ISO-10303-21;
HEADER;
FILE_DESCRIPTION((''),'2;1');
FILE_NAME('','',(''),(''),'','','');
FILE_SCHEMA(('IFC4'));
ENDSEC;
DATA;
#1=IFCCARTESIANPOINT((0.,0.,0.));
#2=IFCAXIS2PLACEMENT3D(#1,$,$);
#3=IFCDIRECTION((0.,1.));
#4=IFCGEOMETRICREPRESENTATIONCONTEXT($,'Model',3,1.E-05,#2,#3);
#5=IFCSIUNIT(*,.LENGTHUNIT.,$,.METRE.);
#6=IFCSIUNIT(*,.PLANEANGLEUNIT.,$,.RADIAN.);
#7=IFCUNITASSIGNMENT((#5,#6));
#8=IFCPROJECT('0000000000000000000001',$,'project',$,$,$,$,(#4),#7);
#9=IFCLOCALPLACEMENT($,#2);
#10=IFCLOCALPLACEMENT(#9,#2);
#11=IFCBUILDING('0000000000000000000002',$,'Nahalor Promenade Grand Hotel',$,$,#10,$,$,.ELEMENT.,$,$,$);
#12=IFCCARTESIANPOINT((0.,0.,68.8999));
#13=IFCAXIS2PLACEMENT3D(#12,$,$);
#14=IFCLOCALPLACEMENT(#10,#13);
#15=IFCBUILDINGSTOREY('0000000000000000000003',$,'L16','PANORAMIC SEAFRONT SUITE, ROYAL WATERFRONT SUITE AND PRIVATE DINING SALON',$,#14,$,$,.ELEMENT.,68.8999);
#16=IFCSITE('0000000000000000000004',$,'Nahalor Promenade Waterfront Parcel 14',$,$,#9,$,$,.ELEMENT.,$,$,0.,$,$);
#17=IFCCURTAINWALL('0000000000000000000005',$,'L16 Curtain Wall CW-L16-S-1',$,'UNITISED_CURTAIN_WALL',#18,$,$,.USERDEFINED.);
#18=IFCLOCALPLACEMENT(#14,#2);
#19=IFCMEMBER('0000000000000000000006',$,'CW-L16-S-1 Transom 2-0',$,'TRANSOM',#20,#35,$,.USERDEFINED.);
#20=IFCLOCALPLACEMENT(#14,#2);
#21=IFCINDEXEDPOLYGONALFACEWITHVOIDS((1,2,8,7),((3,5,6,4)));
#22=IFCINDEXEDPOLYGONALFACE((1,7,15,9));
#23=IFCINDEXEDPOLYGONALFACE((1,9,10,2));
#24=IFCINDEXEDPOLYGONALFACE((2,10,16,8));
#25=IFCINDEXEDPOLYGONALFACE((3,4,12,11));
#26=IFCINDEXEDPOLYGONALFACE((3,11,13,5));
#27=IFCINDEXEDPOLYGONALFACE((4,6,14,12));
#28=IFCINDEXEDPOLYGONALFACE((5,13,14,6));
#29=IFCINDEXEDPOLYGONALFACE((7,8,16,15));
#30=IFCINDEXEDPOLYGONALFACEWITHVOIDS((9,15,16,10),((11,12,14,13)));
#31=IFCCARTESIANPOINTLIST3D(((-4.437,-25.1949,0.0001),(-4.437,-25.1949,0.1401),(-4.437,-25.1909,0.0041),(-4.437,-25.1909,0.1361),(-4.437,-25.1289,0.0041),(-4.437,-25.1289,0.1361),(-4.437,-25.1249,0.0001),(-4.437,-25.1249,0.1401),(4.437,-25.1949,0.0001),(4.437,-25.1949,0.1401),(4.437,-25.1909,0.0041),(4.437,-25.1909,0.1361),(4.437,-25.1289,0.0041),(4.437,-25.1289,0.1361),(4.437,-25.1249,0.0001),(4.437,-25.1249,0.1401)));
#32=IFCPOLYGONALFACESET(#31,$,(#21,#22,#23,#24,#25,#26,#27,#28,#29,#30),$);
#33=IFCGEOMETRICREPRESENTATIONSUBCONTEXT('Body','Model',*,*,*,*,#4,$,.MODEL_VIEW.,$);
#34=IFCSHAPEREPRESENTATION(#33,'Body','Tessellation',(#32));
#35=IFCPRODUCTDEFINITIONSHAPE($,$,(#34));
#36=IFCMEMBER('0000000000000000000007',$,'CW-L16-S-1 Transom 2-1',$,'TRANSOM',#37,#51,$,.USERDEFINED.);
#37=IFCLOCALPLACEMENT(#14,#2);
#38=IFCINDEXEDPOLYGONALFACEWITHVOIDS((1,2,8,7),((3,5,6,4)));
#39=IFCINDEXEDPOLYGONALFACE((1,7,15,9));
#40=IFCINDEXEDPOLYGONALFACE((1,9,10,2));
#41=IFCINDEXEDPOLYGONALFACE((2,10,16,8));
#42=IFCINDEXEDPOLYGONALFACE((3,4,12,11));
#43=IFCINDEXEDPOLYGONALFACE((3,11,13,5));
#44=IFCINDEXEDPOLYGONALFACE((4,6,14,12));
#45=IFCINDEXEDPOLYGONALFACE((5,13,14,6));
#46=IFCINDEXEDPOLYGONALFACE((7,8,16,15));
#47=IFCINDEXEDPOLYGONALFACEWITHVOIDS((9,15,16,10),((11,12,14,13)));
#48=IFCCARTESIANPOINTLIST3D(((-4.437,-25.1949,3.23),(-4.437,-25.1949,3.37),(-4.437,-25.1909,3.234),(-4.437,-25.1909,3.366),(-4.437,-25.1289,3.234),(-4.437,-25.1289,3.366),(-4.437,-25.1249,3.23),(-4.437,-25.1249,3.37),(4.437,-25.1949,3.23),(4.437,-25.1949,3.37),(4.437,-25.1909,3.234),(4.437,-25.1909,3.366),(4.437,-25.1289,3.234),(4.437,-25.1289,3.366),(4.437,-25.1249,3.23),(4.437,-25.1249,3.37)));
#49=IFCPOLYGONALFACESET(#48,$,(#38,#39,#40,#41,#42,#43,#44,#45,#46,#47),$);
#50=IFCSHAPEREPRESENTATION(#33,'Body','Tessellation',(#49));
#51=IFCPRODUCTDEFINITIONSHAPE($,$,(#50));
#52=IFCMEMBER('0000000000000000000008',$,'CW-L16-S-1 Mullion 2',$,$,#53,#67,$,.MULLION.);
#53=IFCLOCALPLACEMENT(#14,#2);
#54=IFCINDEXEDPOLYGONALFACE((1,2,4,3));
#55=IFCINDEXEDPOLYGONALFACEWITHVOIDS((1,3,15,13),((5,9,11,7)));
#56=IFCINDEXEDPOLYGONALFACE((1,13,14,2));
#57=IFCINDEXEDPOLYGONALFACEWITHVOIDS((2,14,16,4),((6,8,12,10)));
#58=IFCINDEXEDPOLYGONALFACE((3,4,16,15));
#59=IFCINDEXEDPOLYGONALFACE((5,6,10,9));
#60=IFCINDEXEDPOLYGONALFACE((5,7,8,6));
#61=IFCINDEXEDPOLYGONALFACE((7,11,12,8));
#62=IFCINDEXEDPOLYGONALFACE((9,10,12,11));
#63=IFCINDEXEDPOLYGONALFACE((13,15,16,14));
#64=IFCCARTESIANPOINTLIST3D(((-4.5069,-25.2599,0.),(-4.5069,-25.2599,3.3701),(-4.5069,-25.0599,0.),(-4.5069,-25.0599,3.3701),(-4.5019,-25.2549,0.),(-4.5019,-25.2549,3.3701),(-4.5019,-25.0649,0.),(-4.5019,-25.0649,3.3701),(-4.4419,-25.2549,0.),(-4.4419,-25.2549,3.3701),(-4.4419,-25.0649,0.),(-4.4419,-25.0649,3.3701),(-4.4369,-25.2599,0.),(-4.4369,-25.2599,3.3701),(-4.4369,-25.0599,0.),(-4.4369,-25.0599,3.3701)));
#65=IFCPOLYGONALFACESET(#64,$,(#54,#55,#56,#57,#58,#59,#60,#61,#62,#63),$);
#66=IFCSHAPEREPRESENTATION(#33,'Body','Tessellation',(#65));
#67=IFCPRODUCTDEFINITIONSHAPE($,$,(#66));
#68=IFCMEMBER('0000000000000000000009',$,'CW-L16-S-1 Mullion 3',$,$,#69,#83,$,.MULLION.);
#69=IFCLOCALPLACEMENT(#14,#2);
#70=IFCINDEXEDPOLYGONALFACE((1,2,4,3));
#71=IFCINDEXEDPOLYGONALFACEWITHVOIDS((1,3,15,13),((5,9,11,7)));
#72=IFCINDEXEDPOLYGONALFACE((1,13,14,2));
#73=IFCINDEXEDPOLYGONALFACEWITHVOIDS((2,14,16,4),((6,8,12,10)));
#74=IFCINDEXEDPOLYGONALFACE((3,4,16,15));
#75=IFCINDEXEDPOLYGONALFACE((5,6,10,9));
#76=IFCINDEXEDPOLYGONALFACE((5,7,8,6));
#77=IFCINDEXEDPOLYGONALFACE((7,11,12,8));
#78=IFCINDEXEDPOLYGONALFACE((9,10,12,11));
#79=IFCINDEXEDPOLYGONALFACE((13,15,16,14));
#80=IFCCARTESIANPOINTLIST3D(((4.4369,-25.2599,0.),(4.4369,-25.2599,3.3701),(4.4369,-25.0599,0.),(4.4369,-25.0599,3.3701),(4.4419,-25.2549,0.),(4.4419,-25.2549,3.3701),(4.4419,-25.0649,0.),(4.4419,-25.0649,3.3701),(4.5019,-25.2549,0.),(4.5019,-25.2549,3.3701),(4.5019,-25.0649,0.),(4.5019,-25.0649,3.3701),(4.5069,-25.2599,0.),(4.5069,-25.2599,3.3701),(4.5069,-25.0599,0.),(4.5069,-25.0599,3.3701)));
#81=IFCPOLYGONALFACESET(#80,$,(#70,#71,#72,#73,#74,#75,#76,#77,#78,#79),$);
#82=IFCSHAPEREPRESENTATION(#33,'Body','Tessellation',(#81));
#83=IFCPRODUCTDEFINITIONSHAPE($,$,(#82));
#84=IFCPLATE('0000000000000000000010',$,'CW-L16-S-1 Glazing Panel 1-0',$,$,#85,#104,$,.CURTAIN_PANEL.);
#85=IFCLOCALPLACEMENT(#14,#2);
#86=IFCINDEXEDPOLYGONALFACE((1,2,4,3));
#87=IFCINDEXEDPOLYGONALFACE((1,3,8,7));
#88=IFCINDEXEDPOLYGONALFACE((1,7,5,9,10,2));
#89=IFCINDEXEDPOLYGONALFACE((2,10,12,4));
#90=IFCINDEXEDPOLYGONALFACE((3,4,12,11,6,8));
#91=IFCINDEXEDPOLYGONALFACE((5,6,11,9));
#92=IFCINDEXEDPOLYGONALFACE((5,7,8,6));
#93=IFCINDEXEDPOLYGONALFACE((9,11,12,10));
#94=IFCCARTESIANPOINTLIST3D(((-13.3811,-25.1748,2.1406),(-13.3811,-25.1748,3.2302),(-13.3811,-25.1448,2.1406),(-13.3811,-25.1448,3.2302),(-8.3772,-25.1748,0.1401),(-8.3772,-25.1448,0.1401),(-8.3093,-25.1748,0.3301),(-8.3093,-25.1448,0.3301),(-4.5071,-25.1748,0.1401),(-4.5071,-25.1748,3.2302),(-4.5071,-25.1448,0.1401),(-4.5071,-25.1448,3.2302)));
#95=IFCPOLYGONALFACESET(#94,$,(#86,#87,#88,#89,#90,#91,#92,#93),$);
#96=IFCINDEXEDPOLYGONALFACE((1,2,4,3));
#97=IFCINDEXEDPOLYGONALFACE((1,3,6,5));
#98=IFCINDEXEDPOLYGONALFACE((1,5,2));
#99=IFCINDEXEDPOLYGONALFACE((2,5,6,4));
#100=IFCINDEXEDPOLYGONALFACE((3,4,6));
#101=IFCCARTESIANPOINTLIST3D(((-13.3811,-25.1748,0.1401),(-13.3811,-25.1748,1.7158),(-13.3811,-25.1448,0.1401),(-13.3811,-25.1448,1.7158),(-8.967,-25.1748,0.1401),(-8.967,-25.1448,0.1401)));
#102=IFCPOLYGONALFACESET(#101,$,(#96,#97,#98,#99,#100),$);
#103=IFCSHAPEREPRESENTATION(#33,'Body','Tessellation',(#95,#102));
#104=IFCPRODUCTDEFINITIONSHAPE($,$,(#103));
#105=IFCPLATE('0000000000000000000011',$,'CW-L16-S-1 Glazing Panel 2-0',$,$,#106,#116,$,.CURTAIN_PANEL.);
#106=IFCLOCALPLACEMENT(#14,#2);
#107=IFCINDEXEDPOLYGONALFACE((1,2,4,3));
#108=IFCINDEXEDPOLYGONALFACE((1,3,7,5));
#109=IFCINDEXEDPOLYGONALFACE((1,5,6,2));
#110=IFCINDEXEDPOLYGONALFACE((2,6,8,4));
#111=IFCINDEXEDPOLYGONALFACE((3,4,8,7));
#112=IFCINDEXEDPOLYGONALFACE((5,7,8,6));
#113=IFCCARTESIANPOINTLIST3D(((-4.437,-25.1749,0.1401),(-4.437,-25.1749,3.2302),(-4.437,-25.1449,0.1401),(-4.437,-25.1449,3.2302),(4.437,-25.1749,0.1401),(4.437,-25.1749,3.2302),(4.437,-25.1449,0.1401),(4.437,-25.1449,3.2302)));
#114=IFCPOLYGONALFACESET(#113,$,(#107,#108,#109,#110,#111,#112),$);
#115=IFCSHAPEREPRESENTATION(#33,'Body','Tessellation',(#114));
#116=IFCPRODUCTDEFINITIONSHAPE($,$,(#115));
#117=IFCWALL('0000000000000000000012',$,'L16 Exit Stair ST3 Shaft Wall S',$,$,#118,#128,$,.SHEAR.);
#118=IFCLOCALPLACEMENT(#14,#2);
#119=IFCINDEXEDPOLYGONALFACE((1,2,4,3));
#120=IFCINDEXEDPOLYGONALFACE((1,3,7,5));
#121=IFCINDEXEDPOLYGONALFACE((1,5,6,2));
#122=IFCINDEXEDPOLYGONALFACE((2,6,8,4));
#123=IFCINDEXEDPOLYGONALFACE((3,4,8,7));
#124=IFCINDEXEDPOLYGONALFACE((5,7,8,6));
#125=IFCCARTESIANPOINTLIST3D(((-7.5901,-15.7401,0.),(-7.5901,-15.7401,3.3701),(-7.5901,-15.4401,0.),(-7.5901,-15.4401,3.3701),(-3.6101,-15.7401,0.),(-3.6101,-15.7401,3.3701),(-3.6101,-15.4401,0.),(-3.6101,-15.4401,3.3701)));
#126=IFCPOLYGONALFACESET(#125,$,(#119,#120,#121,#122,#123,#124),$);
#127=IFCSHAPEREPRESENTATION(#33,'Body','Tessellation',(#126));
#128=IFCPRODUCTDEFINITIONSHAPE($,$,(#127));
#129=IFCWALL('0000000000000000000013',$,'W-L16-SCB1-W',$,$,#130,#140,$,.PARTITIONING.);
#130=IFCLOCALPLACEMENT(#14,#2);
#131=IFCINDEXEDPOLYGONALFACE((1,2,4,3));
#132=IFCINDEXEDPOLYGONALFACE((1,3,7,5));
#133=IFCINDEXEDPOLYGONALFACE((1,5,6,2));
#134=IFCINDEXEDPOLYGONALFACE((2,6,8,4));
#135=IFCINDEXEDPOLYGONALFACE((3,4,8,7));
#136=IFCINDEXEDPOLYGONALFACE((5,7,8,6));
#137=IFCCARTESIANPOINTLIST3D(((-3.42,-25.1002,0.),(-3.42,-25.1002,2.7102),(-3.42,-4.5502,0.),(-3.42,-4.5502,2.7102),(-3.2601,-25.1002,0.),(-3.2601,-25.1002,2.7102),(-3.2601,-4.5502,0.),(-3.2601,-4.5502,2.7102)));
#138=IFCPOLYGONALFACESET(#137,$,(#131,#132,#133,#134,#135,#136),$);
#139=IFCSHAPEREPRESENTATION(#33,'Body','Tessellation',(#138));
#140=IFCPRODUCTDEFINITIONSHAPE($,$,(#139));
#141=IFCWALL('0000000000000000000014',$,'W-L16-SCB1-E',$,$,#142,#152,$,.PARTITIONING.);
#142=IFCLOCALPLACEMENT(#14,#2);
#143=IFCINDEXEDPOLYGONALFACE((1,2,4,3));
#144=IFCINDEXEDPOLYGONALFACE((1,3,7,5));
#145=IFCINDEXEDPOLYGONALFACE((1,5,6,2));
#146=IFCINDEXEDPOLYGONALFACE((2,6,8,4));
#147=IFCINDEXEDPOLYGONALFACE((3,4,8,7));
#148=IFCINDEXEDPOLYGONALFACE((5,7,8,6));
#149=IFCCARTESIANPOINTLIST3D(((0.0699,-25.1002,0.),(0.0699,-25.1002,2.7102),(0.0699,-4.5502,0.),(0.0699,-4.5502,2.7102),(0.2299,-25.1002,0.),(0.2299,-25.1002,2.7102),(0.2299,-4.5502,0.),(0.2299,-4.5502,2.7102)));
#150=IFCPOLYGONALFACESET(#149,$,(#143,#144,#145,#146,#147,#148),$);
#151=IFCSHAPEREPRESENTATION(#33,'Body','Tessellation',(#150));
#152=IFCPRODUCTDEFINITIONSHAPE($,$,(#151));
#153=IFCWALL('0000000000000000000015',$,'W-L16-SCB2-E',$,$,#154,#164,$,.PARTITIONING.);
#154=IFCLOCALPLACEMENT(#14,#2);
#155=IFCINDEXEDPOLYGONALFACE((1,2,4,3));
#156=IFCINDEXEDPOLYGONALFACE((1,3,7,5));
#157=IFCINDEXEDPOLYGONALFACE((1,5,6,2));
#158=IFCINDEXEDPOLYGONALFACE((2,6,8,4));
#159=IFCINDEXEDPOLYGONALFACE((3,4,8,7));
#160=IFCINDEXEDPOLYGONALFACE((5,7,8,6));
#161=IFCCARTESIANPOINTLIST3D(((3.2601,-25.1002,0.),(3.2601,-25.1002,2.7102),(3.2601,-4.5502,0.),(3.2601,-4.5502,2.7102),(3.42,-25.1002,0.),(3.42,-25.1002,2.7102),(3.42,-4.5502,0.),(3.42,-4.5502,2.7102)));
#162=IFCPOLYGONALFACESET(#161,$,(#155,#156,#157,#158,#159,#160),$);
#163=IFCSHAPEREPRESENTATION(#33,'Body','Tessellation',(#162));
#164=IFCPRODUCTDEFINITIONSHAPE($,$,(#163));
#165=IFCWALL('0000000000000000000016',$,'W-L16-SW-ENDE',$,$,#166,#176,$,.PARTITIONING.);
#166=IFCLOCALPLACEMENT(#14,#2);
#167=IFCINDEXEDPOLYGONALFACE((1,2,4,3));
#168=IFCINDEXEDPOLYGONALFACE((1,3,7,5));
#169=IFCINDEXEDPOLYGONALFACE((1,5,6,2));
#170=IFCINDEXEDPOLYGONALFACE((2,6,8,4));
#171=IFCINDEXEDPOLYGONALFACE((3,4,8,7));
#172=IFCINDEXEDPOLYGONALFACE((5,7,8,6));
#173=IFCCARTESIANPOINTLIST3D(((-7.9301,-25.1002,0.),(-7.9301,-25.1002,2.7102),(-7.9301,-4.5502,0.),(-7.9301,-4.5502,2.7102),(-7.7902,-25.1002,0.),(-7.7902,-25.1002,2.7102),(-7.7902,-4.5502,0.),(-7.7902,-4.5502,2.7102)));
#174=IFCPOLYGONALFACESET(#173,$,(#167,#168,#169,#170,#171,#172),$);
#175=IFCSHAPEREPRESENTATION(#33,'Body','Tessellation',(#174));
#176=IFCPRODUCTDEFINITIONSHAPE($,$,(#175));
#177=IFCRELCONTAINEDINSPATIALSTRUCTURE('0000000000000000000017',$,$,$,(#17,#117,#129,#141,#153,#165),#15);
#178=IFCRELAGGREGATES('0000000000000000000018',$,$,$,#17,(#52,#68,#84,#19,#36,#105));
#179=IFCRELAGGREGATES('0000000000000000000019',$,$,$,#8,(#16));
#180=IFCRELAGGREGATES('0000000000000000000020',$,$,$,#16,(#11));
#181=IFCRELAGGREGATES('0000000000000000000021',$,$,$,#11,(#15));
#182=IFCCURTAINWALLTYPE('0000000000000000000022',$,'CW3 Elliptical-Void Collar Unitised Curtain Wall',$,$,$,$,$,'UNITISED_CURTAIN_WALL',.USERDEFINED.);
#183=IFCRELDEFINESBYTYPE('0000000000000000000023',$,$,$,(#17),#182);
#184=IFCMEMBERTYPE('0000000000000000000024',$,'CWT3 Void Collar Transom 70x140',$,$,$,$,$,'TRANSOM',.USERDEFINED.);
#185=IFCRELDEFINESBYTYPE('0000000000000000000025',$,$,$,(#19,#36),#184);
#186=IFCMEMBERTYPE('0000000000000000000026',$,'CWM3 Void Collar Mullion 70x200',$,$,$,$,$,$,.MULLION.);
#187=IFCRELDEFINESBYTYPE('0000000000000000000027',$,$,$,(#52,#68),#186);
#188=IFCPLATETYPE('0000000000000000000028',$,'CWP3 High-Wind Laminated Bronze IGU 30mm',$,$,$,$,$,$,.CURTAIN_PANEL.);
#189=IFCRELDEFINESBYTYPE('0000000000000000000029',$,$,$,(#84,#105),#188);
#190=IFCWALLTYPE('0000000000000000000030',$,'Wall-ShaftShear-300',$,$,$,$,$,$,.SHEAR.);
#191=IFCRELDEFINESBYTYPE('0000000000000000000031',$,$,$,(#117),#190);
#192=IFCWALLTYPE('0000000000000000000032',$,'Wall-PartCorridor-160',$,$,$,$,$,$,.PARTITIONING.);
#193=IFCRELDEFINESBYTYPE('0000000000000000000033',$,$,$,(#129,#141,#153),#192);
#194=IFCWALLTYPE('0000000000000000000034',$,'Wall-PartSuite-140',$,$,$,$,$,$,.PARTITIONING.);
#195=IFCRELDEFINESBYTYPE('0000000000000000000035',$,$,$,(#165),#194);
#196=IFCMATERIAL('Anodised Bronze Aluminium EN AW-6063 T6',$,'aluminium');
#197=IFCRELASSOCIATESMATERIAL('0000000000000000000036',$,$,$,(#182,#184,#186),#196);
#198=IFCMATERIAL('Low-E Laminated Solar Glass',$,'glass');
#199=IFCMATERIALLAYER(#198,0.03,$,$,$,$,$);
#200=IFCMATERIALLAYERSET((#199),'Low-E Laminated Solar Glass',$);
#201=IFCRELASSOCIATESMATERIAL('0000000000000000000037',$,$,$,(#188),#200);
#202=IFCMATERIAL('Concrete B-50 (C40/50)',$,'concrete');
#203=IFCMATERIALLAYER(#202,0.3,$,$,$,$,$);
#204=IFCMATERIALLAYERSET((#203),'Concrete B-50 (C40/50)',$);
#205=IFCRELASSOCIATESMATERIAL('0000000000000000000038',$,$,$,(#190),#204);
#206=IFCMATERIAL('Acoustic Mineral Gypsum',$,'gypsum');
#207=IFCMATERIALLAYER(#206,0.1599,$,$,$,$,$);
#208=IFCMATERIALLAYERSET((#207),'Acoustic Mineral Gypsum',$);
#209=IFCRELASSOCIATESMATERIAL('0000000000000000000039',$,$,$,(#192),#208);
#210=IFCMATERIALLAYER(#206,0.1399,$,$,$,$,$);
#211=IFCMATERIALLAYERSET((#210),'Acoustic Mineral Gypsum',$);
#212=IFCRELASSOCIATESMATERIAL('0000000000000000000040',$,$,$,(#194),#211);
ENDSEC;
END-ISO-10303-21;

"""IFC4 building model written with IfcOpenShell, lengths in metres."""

from ifc_helpers import new_model, si_unit, direction, frame, frame_2d, origin, origin_2d, place, context, subcontext, project, spatial, polyline, rectangle, hollow_rectangle, outline, extrude, source, transform, mapped, material, layer, layer_set, material_profile, profile_set, type_object, element, aggregate, save


model = new_model("IFC4")

# Units and contexts
model_context = context("Model", 3, precision=1e-05, world=origin(), true_north=direction((0.0, 1.0)))
body_context = subcontext(model_context, "Body", "Model", "MODEL_VIEW")
ifc_project = project(units=[si_unit("LENGTHUNIT", "METRE"), si_unit("PLANEANGLEUNIT", "RADIAN")], contexts=[model_context])

# Site, building, storey
site_placement = place(None, origin())
site = spatial("IfcSite", under=ifc_project, at=site_placement, Name="Nahalor Promenade Waterfront Parcel 14", CompositionType="ELEMENT", RefElevation=0.0)
building_placement = place(site_placement, origin())
building = spatial("IfcBuilding", under=site, at=building_placement, Name="Nahalor Promenade Grand Hotel", CompositionType="ELEMENT")
storey_placement = place(building_placement, frame((0.0, 0.0, 68.8999)))
storey = spatial("IfcBuildingStorey", under=building, at=storey_placement, Name="L16", Description="PANORAMIC SEAFRONT SUITE, ROYAL WATERFRONT SUITE AND PRIVATE DINING SALON", CompositionType="ELEMENT", Elevation=68.8999)

# Curtain wall, members, plates
ifc_material_1 = material(Name="Anodised Bronze Aluminium EN AW-6063 T6", Category="aluminium")
curtain_wall_type = type_object("IfcCurtainWallType", Name="CW3 Elliptical-Void Collar Unitised Curtain Wall", ElementType="UNITISED_CURTAIN_WALL", PredefinedType="USERDEFINED", material=ifc_material_1)
curtain_wall_placement = place(storey_placement, origin())
curtain_wall = element("IfcCurtainWall", 1, at=curtain_wall_placement, inside=storey, type_object=curtain_wall_type, Name="L16 Curtain Wall CW-L16-S-1", ObjectType="UNITISED_CURTAIN_WALL", PredefinedType="USERDEFINED")
ifc_material_profile_1 = material_profile(ifc_material_1, hollow_rectangle(XDim=0.07, YDim=0.14, WallThickness=0.004, at=origin_2d()), Name="CWT 70x140x4")
ifc_profile_set_1 = profile_set([ifc_material_profile_1], Name="Anodised Bronze Aluminium EN AW-6063 T6")
member_type_1 = type_object("IfcMemberType", Name="CWT3 Void Collar Transom 70x140", ElementType="TRANSOM", PredefinedType="USERDEFINED", material=ifc_profile_set_1)
shared_shape_1 = source(origin(), body_context, "Body", "SweptSolid", [
    extrude(hollow_rectangle(XDim=0.07, YDim=0.14, WallThickness=0.004, at=origin_2d()), origin(), (0.0, 0.0, 1.0), 8.874),
])
member_1_placement = place(storey_placement, frame((-4.437, -25.1599, 0.0701), z_axis=(1.0, 0.0, 0.0), x_axis=(0.0, 1.0, 0.0)))
member_1 = element("IfcMember", 2, at=member_1_placement, type_object=member_type_1, Name="CW-L16-S-1 Transom 2-0", ObjectType="TRANSOM", PredefinedType="USERDEFINED", context=body_context, shape_type="MappedRepresentation", body=[
    mapped(shared_shape_1, transform((0.0, 0.0, 0.0), scale=1.0)),
])
member_2_placement = place(storey_placement, frame((-4.437, -25.1599, 3.3), z_axis=(1.0, 0.0, 0.0), x_axis=(0.0, 1.0, 0.0)))
member_2 = element("IfcMember", 3, at=member_2_placement, type_object=member_type_1, Name="CW-L16-S-1 Transom 2-1", ObjectType="TRANSOM", PredefinedType="USERDEFINED", context=body_context, shape_type="MappedRepresentation", body=[
    mapped(shared_shape_1, transform((0.0, 0.0, 0.0), scale=1.0)),
])
ifc_material_profile_2 = material_profile(ifc_material_1, hollow_rectangle(XDim=0.07, YDim=0.2, WallThickness=0.005, at=origin_2d()), Name="CWM 70x200x5")
ifc_profile_set_2 = profile_set([ifc_material_profile_2], Name="Anodised Bronze Aluminium EN AW-6063 T6")
member_type_2 = type_object("IfcMemberType", Name="CWM3 Void Collar Mullion 70x200", PredefinedType="MULLION", material=ifc_profile_set_2)
shared_shape_2 = source(origin(), body_context, "Body", "SweptSolid", [
    extrude(hollow_rectangle(XDim=0.07, YDim=0.2, WallThickness=0.005, at=origin_2d()), origin(), (0.0, 0.0, 1.0), 3.3701),
])
member_3_placement = place(storey_placement, frame((-4.4719, -25.1599, 0.0), z_axis=(0.0, 0.0, 1.0), x_axis=(1.0, 0.0, 0.0)))
member_3 = element("IfcMember", 4, at=member_3_placement, type_object=member_type_2, Name="CW-L16-S-1 Mullion 2", PredefinedType="MULLION", context=body_context, shape_type="MappedRepresentation", body=[
    mapped(shared_shape_2, transform((0.0, 0.0, 0.0), scale=1.0)),
])
member_4_placement = place(storey_placement, frame((4.4719, -25.1599, 0.0), z_axis=(0.0, 0.0, 1.0), x_axis=(1.0, 0.0, 0.0)))
member_4 = element("IfcMember", 5, at=member_4_placement, type_object=member_type_2, Name="CW-L16-S-1 Mullion 3", PredefinedType="MULLION", context=body_context, shape_type="MappedRepresentation", body=[
    mapped(shared_shape_2, transform((0.0, 0.0, 0.0), scale=1.0)),
])
ifc_material_2 = material(Name="Low-E Laminated Solar Glass", Category="glass")
ifc_layer_1 = layer(ifc_material_2, 0.03)
ifc_layer_set_1 = layer_set([ifc_layer_1], Name="Low-E Laminated Solar Glass")
plate_type = type_object("IfcPlateType", Name="CWP3 High-Wind Laminated Bronze IGU 30mm", PredefinedType="CURTAIN_PANEL", material=ifc_layer_set_1)
plate_1_placement = place(storey_placement, frame((-8.9441, -25.1599, 0.1401), z_axis=(0.0, 0.0, 1.0), x_axis=(1.0, 0.0, 0.0)))
plate_1 = element("IfcPlate", 6, at=plate_1_placement, type_object=plate_type, Name="CW-L16-S-1 Glazing Panel 1-0", PredefinedType="CURTAIN_PANEL", context=body_context, shape_type="SweptSolid", body=[
    extrude(outline(polyline([(4.437, 3.0901), (-4.437, 3.0901), (-4.437, 2.0005), (0.6348, 0.1899), (0.5669, 0.0), (4.437, 0.0), (4.437, 3.0901)])), frame((0.0, 0.0151, 0.0), z_axis=(0.0, -1.0, 0.0), x_axis=(1.0, 0.0, 0.0)), (0.0, 0.0, 1.0), 0.03),
    extrude(outline(polyline([(-4.437, 1.5757), (-4.437, 0.0), (-0.0229, 0.0), (-4.437, 1.5757)])), frame((0.0, 0.0151, 0.0), z_axis=(0.0, -1.0, 0.0), x_axis=(1.0, 0.0, 0.0)), (0.0, 0.0, 1.0), 0.03),
])
shared_shape_3 = source(origin(), body_context, "Body", "SweptSolid", [
    extrude(rectangle(XDim=8.874, YDim=0.03, at=origin_2d()), origin(), (0.0, 0.0, 1.0), 3.0901),
])
plate_2_placement = place(storey_placement, frame((0.0, -25.1599, 0.1401), z_axis=(0.0, 0.0, 1.0), x_axis=(1.0, 0.0, 0.0)))
plate_2 = element("IfcPlate", 7, at=plate_2_placement, type_object=plate_type, Name="CW-L16-S-1 Glazing Panel 2-0", PredefinedType="CURTAIN_PANEL", context=body_context, shape_type="MappedRepresentation", body=[
    mapped(shared_shape_3, transform((0.0, 0.0, 0.0), scale=1.0)),
])
aggregate(curtain_wall, [member_3, member_4, plate_1, member_1, member_2, plate_2])

# Walls
ifc_material_3 = material(Name="Concrete B-50 (C40/50)", Category="concrete")
ifc_layer_2 = layer(ifc_material_3, 0.3)
ifc_layer_set_2 = layer_set([ifc_layer_2], Name="Concrete B-50 (C40/50)")
wall_type_1 = type_object("IfcWallType", Name="Wall-ShaftShear-300", PredefinedType="SHEAR", material=ifc_layer_set_2)
shared_shape_4 = source(origin(), body_context, "Body", "SweptSolid", [
    extrude(rectangle(XDim=3.98, YDim=0.3, at=frame_2d((1.99, 0.0))), origin(), (0.0, 0.0, 1.0), 3.3701),
])
wall_1_placement = place(storey_placement, frame((-7.5901, -15.5901, 0.0), z_axis=(0.0, 0.0, 1.0), x_axis=(1.0, 0.0, 0.0)))
element("IfcWall", 8, at=wall_1_placement, inside=storey, type_object=wall_type_1, Name="L16 Exit Stair ST3 Shaft Wall S", PredefinedType="SHEAR", context=body_context, shape_type="MappedRepresentation", body=[
    mapped(shared_shape_4, transform((0.0, 0.0, 0.0), scale=1.0)),
])
ifc_material_4 = material(Name="Acoustic Mineral Gypsum", Category="gypsum")
ifc_layer_3 = layer(ifc_material_4, 0.1599)
ifc_layer_set_3 = layer_set([ifc_layer_3], Name="Acoustic Mineral Gypsum")
wall_type_2 = type_object("IfcWallType", Name="Wall-PartCorridor-160", PredefinedType="PARTITIONING", material=ifc_layer_set_3)
shared_shape_5 = source(origin(), body_context, "Body", "SweptSolid", [
    extrude(rectangle(XDim=20.55, YDim=0.1599, at=frame_2d((10.2749, 0.0))), origin(), (0.0, 0.0, 1.0), 2.7102),
])
for number, where, z_axis, x_axis, name in (
    (9, (-3.3401, -25.1001, 0.0), (0.0, 0.0, 1.0), (0.0, 1.0, 0.0), "W-L16-SCB1-W"),
    (10, (0.1499, -25.1001, 0.0), (0.0, 0.0, 1.0), (0.0, 1.0, 0.0), "W-L16-SCB1-E"),
    (11, (3.3401, -25.1001, 0.0), (0.0, 0.0, 1.0), (0.0, 1.0, 0.0), "W-L16-SCB2-E"),
):
    element("IfcWall", number, at=place(storey_placement, frame(where, z_axis=z_axis, x_axis=x_axis)), inside=storey, type_object=wall_type_2, Name=name, PredefinedType="PARTITIONING", context=body_context, shape_type="MappedRepresentation", body=[
        mapped(shared_shape_5, transform((0.0, 0.0, 0.0), scale=1.0)),
    ])
ifc_layer_4 = layer(ifc_material_4, 0.1399)
ifc_layer_set_4 = layer_set([ifc_layer_4], Name="Acoustic Mineral Gypsum")
wall_type_3 = type_object("IfcWallType", Name="Wall-PartSuite-140", PredefinedType="PARTITIONING", material=ifc_layer_set_4)
shared_shape_6 = source(origin(), body_context, "Body", "SweptSolid", [
    extrude(rectangle(XDim=20.55, YDim=0.1399, at=frame_2d((10.2749, 0.0))), origin(), (0.0, 0.0, 1.0), 2.7102),
])
wall_2_placement = place(storey_placement, frame((-7.8601, -25.1001, 0.0), z_axis=(0.0, 0.0, 1.0), x_axis=(0.0, 1.0, 0.0)))
element("IfcWall", 12, at=wall_2_placement, inside=storey, type_object=wall_type_3, Name="W-L16-SW-ENDE", PredefinedType="PARTITIONING", context=body_context, shape_type="MappedRepresentation", body=[
    mapped(shared_shape_6, transform((0.0, 0.0, 0.0), scale=1.0)),
])

save(model, "model.ifc")
